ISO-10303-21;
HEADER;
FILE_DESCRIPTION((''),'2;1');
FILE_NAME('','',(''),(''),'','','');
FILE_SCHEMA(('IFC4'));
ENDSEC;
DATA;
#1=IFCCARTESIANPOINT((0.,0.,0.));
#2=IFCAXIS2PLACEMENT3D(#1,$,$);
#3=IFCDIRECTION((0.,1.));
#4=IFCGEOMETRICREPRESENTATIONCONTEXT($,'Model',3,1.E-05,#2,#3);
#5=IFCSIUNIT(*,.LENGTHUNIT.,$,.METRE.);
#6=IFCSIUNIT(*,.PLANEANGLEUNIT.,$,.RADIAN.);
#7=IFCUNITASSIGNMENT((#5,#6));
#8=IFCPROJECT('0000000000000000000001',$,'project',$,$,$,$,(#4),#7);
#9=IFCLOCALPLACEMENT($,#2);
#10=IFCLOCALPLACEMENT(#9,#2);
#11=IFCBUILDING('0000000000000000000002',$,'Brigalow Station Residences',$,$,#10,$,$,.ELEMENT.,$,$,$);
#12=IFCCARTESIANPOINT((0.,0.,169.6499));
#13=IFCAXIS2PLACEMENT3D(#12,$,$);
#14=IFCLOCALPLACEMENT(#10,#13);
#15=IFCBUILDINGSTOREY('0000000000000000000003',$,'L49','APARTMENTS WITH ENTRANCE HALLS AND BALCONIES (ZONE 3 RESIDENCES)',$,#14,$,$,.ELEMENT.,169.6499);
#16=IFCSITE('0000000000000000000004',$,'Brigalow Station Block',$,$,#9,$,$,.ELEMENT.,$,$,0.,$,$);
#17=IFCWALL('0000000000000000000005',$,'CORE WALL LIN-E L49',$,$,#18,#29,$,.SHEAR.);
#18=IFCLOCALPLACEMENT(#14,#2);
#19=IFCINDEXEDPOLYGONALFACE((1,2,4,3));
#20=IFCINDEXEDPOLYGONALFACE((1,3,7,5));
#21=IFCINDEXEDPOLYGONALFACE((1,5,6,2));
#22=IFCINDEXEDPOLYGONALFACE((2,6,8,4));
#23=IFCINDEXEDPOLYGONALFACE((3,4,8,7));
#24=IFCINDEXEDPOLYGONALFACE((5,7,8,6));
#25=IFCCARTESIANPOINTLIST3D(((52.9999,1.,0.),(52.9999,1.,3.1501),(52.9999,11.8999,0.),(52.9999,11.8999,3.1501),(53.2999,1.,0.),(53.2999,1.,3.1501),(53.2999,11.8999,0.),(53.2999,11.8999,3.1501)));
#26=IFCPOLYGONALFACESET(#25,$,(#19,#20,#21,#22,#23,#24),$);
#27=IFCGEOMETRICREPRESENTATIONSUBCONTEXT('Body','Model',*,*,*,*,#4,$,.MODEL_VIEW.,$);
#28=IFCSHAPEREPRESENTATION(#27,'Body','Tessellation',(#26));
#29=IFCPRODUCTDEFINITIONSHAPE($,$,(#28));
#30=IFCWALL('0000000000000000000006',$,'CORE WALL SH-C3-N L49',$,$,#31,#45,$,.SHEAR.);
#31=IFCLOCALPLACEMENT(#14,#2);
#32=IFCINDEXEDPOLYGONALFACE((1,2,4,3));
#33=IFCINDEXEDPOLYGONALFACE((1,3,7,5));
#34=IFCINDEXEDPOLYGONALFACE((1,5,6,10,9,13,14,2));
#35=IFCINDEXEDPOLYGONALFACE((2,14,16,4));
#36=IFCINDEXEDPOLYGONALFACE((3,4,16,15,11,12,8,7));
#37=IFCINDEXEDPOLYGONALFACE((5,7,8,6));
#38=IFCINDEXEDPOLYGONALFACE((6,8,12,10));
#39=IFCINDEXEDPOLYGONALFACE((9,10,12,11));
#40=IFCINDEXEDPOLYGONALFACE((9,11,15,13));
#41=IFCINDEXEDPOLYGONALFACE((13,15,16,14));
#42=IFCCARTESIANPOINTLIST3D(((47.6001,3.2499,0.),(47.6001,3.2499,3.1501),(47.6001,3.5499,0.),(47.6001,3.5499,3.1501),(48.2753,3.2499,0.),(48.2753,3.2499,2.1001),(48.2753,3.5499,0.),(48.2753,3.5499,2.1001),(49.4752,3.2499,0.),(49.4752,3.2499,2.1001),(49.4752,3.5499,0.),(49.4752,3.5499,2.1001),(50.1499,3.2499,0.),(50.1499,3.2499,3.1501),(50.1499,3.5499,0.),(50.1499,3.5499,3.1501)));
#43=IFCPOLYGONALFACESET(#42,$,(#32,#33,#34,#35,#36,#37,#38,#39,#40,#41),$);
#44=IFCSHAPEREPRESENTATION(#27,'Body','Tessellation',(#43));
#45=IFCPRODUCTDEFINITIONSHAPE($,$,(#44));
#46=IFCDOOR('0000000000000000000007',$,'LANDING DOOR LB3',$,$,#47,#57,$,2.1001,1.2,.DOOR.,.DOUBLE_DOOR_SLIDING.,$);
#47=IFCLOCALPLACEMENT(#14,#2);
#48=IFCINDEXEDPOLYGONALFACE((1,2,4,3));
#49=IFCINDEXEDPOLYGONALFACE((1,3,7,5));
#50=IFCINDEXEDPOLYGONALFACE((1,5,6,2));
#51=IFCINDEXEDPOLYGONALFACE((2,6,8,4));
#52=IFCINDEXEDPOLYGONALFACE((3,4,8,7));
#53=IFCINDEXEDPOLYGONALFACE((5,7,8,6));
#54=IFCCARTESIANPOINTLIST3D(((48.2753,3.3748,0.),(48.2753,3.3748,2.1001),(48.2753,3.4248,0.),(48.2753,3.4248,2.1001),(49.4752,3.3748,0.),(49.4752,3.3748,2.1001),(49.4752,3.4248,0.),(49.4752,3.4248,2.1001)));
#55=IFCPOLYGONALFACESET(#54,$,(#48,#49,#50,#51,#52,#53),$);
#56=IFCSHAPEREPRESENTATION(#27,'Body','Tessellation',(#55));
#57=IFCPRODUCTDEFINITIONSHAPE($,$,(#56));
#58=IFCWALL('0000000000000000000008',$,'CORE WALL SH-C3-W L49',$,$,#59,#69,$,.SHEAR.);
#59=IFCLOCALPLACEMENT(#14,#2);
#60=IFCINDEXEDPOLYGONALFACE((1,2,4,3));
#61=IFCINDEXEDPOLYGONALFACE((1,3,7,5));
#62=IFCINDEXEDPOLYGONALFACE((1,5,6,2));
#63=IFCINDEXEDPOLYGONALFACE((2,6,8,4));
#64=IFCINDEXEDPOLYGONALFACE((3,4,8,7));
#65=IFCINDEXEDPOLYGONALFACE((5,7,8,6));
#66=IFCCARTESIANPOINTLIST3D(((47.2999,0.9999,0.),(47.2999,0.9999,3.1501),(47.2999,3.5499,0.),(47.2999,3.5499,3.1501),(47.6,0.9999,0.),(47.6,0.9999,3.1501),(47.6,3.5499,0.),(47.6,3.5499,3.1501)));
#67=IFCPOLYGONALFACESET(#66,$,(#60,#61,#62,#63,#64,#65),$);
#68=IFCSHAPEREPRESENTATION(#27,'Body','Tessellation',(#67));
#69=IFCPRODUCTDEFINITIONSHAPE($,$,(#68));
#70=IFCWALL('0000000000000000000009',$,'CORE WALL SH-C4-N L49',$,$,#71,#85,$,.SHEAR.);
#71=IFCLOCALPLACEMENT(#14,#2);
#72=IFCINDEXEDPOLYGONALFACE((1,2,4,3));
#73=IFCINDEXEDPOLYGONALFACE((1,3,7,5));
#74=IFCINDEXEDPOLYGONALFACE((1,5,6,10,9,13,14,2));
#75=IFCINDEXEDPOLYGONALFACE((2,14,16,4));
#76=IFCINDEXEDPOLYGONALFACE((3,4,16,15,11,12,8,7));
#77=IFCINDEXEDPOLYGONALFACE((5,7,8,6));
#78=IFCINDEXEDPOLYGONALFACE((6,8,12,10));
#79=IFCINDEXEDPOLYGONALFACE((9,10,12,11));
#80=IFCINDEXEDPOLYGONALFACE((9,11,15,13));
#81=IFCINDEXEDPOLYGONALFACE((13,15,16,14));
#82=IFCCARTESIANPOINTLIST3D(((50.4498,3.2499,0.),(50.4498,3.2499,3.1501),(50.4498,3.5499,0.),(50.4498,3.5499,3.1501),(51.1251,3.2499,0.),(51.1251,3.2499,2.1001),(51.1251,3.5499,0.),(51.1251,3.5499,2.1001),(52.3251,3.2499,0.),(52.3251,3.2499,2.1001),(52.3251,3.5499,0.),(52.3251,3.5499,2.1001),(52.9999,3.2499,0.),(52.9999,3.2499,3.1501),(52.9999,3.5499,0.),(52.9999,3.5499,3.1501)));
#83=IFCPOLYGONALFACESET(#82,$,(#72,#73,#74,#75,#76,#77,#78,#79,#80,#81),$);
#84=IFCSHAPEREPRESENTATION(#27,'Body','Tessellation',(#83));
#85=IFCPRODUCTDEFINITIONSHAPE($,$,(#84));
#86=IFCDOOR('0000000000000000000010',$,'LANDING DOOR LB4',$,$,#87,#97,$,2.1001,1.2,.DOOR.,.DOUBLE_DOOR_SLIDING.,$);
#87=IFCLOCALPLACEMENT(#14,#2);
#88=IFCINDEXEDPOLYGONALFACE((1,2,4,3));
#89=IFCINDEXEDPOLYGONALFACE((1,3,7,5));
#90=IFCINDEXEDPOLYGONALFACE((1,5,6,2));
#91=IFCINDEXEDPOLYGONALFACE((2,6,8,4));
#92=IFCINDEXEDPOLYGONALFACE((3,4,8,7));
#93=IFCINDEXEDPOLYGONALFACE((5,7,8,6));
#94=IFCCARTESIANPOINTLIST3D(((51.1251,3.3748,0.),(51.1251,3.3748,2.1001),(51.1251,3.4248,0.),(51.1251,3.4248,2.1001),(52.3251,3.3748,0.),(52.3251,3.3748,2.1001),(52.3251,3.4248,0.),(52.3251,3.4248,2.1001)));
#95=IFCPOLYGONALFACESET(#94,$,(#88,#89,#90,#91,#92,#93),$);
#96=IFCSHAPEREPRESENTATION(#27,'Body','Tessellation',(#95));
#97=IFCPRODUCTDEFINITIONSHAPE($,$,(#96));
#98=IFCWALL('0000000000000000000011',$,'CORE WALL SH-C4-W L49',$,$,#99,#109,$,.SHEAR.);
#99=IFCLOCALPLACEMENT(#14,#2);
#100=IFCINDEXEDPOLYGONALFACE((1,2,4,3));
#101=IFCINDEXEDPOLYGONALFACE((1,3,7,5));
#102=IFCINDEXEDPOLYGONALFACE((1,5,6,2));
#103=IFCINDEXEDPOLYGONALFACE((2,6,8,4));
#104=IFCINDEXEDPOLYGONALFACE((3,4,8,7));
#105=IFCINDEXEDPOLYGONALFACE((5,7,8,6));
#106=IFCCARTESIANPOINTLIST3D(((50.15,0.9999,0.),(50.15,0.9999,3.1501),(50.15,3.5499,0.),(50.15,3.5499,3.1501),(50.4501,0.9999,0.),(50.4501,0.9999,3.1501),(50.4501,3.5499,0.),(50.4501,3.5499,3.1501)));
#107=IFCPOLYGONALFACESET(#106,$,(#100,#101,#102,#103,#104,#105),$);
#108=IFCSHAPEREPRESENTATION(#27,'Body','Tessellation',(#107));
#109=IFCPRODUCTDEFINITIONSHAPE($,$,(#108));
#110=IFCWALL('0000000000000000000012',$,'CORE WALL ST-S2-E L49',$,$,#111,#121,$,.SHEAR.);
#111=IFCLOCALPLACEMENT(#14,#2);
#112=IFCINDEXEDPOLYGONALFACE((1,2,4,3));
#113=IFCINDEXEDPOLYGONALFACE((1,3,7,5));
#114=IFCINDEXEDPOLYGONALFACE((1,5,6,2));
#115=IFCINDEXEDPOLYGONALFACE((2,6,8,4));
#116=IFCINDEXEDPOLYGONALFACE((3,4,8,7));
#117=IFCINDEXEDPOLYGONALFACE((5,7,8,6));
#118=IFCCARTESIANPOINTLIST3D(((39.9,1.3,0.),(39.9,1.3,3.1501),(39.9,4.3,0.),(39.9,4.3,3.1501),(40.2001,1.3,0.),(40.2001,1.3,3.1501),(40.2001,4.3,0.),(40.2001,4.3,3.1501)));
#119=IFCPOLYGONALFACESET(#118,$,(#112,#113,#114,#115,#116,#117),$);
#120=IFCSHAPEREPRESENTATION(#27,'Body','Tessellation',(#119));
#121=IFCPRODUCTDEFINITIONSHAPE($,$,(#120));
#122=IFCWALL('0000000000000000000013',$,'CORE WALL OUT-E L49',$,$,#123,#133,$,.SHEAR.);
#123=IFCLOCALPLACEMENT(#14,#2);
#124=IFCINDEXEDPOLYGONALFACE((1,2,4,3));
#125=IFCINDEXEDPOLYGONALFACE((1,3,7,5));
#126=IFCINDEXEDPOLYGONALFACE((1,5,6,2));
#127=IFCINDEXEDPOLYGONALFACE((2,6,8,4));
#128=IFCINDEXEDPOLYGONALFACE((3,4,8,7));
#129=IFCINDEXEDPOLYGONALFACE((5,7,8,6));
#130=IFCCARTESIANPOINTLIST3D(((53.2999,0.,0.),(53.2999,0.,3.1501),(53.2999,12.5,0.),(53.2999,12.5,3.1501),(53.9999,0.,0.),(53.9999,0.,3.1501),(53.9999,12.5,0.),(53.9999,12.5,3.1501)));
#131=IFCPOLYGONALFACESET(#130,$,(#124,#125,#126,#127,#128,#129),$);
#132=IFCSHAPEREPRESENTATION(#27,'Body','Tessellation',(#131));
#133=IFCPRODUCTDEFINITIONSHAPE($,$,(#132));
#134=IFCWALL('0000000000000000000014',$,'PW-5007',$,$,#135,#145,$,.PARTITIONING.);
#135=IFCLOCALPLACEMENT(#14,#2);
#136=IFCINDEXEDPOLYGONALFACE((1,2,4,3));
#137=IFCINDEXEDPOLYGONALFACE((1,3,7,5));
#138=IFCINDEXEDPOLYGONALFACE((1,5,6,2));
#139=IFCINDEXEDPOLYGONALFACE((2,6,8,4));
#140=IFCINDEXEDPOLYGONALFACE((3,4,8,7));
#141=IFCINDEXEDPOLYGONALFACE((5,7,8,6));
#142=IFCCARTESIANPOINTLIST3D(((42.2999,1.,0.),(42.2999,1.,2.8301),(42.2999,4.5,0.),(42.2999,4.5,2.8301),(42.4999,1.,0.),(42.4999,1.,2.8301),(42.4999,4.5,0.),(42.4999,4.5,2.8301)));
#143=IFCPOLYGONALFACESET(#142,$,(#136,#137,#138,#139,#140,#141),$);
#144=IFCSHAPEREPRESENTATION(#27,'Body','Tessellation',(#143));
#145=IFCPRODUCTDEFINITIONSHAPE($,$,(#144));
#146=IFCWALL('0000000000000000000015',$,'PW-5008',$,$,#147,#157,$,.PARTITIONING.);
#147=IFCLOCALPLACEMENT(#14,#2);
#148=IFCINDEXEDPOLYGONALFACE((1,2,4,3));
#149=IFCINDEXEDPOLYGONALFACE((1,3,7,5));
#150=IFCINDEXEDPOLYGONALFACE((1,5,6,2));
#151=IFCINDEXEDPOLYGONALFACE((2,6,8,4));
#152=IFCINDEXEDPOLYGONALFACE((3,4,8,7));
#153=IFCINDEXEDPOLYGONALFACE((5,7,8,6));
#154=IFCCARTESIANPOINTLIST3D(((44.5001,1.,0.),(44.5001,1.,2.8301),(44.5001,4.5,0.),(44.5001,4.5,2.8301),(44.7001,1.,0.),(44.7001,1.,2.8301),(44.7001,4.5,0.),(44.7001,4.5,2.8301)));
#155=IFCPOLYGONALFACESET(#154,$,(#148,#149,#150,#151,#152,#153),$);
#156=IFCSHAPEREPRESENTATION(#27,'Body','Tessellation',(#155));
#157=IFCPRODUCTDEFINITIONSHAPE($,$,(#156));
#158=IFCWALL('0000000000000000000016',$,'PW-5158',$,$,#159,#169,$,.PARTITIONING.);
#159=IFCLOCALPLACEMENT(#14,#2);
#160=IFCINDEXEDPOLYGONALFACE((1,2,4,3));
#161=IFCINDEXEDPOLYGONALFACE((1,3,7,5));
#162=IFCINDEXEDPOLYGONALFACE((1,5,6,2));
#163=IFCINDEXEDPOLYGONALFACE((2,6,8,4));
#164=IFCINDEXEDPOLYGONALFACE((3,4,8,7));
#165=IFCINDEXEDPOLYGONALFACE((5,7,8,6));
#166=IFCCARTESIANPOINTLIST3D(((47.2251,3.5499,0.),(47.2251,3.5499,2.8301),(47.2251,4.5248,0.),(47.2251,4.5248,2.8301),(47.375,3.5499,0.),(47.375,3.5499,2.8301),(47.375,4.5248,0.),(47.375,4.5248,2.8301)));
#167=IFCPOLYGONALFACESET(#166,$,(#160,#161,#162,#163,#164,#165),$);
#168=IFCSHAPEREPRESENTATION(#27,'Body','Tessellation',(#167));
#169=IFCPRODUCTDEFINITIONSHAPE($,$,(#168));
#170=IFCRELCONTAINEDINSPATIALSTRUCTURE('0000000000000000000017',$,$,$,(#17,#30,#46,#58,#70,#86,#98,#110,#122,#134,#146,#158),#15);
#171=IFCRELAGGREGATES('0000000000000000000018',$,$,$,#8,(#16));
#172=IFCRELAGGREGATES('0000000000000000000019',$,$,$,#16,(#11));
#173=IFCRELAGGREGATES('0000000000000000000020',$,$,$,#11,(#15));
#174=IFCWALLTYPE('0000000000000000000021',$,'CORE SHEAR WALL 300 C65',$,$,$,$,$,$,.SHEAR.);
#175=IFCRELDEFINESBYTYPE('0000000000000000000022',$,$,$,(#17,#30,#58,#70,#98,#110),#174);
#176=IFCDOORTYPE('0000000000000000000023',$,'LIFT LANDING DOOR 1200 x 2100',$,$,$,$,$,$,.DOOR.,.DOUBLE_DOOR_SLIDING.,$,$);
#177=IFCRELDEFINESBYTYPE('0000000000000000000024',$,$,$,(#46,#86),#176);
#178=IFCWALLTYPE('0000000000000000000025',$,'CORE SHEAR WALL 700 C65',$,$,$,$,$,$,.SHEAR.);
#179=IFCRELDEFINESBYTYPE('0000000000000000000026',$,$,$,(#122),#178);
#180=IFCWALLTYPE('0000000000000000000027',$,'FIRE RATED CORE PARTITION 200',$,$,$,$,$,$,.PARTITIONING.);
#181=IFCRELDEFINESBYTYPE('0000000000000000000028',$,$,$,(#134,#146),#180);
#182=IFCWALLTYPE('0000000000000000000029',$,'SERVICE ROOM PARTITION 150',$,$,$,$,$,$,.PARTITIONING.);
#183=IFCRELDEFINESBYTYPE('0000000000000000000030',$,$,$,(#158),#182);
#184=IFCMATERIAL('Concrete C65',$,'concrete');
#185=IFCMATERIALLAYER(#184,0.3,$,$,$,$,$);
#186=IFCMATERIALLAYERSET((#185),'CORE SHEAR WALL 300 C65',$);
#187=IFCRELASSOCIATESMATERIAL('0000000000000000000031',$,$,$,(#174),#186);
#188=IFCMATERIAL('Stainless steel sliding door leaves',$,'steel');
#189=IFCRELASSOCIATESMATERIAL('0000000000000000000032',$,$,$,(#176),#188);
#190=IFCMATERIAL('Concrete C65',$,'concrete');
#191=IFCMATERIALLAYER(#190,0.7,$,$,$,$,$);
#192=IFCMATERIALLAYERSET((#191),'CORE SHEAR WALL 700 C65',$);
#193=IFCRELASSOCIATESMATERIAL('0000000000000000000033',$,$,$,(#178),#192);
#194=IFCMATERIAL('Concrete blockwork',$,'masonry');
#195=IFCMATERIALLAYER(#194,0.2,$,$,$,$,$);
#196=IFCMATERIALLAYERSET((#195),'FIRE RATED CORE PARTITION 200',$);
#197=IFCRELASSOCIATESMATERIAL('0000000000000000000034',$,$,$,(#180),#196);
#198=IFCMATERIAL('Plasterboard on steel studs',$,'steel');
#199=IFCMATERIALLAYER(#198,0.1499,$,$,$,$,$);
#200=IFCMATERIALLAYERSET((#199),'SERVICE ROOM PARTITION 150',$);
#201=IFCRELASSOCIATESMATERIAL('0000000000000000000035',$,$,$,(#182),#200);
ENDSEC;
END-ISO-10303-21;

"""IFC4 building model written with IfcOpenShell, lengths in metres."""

from ifc_helpers import new_model, si_unit, direction, frame, frame_2d, origin, place, context, subcontext, project, spatial, rectangle, extrude, material, layer, layer_set, type_object, element, fill, save


model = new_model("IFC4")

# Units and contexts
model_context = context("Model", 3, precision=1e-05, world=origin(), true_north=direction((0.0, 1.0)))
body_context = subcontext(model_context, "Body", "Model", "MODEL_VIEW")
ifc_project = project(units=[si_unit("LENGTHUNIT", "METRE"), si_unit("PLANEANGLEUNIT", "RADIAN")], contexts=[model_context])

# Site, building, storey
site_placement = place(None, origin())
site = spatial("IfcSite", under=ifc_project, at=site_placement, Name="Brigalow Station Block", CompositionType="ELEMENT", RefElevation=0.0)
building_placement = place(site_placement, origin())
building = spatial("IfcBuilding", under=site, at=building_placement, Name="Brigalow Station Residences", CompositionType="ELEMENT")
storey_placement = place(building_placement, frame((0.0, 0.0, 169.6499)))
storey = spatial("IfcBuildingStorey", under=building, at=storey_placement, Name="L49", Description="APARTMENTS WITH ENTRANCE HALLS AND BALCONIES (ZONE 3 RESIDENCES)", CompositionType="ELEMENT", Elevation=169.6499)

# Wall
ifc_material_1 = material(Name="Concrete C65", Category="concrete")
ifc_layer_1 = layer(ifc_material_1, 0.3)
ifc_layer_set_1 = layer_set([ifc_layer_1], Name="CORE SHEAR WALL 300 C65")
wall_type_1 = type_object("IfcWallType", Name="CORE SHEAR WALL 300 C65", PredefinedType="SHEAR", material=ifc_layer_set_1)
wall_1_placement = place(storey_placement, frame((53.1499, 1.0, 0.0), z_axis=(0.0, 0.0, 1.0), x_axis=(0.0, 1.0, 0.0)))
element("IfcWall", 1, at=wall_1_placement, inside=storey, type_object=wall_type_1, Name="CORE WALL LIN-E L49", PredefinedType="SHEAR", context=body_context, shape_type="SweptSolid", body=[
    extrude(rectangle(XDim=10.8999, YDim=0.3, at=frame_2d((5.45, 0.0))), origin(), (0.0, 0.0, 1.0), 3.1501),
])

# Wall, opening, door
wall_2_placement = place(storey_placement, frame((47.6001, 3.3999, 0.0), z_axis=(0.0, 0.0, 1.0), x_axis=(1.0, 0.0, 0.0)))
wall_2 = element("IfcWall", 2, at=wall_2_placement, inside=storey, type_object=wall_type_1, Name="CORE WALL SH-C3-N L49", PredefinedType="SHEAR", context=body_context, shape_type="SweptSolid", body=[
    extrude(rectangle(XDim=2.5498, YDim=0.3, at=frame_2d((1.2749, 0.0))), origin(), (0.0, 0.0, 1.0), 3.1501),
])
opening_1_placement = place(wall_2_placement, frame((0.675, 0.0, 0.0)))
opening_1 = element("IfcOpeningElement", 3, at=opening_1_placement, cuts=wall_2, PredefinedType="OPENING", context=body_context, shape_type="SweptSolid", body=[
    extrude(rectangle(XDim=1.2, YDim=2.1001, at=frame_2d((0.6001, 1.05))), frame((0.0, 0.1602, 0.0), z_axis=(0.0, -1.0, 0.0), x_axis=(1.0, 0.0, 0.0)), (0.0, 0.0, 1.0), 0.3201),
])
ifc_material_2 = material(Name="Stainless steel sliding door leaves", Category="steel")
door_type = type_object("IfcDoorType", Name="LIFT LANDING DOOR 1200 x 2100", OperationType="DOUBLE_DOOR_SLIDING", PredefinedType="DOOR", material=ifc_material_2)
door_1_placement = place(opening_1_placement, origin())
door_1 = element("IfcDoor", 4, at=door_1_placement, inside=storey, type_object=door_type, Name="LANDING DOOR LB3", OperationType="DOUBLE_DOOR_SLIDING", OverallHeight=2.1001, OverallWidth=1.2, PredefinedType="DOOR", context=body_context, shape_type="SweptSolid", body=[
    extrude(rectangle(XDim=1.2, YDim=2.1001, at=frame_2d((0.6001, 1.05))), frame((0.0, 0.0249, 0.0), z_axis=(0.0, -1.0, 0.0), x_axis=(1.0, 0.0, 0.0)), (0.0, 0.0, 1.0), 0.05),
])
fill(opening_1, door_1)

# Wall
wall_3_placement = place(storey_placement, frame((47.45, 1.0, 0.0), z_axis=(0.0, 0.0, 1.0), x_axis=(0.0, 1.0, 0.0)))
element("IfcWall", 5, at=wall_3_placement, inside=storey, type_object=wall_type_1, Name="CORE WALL SH-C3-W L49", PredefinedType="SHEAR", context=body_context, shape_type="SweptSolid", body=[
    extrude(rectangle(XDim=2.55, YDim=0.3, at=frame_2d((1.2749, 0.0))), origin(), (0.0, 0.0, 1.0), 3.1501),
])

# Wall, opening, door
wall_4_placement = place(storey_placement, frame((50.45, 3.3999, 0.0), z_axis=(0.0, 0.0, 1.0), x_axis=(1.0, 0.0, 0.0)))
wall_4 = element("IfcWall", 6, at=wall_4_placement, inside=storey, type_object=wall_type_1, Name="CORE WALL SH-C4-N L49", PredefinedType="SHEAR", context=body_context, shape_type="SweptSolid", body=[
    extrude(rectangle(XDim=2.55, YDim=0.3, at=frame_2d((1.2749, 0.0))), origin(), (0.0, 0.0, 1.0), 3.1501),
])
opening_2_placement = place(wall_4_placement, frame((0.675, 0.0, 0.0)))
opening_2 = element("IfcOpeningElement", 7, at=opening_2_placement, cuts=wall_4, PredefinedType="OPENING", context=body_context, shape_type="SweptSolid", body=[
    extrude(rectangle(XDim=1.2, YDim=2.1001, at=frame_2d((0.6001, 1.05))), frame((0.0, 0.1602, 0.0), z_axis=(0.0, -1.0, 0.0), x_axis=(1.0, 0.0, 0.0)), (0.0, 0.0, 1.0), 0.3201),
])
door_2_placement = place(opening_2_placement, origin())
door_2 = element("IfcDoor", 8, at=door_2_placement, inside=storey, type_object=door_type, Name="LANDING DOOR LB4", OperationType="DOUBLE_DOOR_SLIDING", OverallHeight=2.1001, OverallWidth=1.2, PredefinedType="DOOR", context=body_context, shape_type="SweptSolid", body=[
    extrude(rectangle(XDim=1.2, YDim=2.1001, at=frame_2d((0.6001, 1.05))), frame((0.0, 0.0249, 0.0), z_axis=(0.0, -1.0, 0.0), x_axis=(1.0, 0.0, 0.0)), (0.0, 0.0, 1.0), 0.05),
])
fill(opening_2, door_2)

# Walls
wall_5_placement = place(storey_placement, frame((50.3, 1.0, 0.0), z_axis=(0.0, 0.0, 1.0), x_axis=(0.0, 1.0, 0.0)))
element("IfcWall", 9, at=wall_5_placement, inside=storey, type_object=wall_type_1, Name="CORE WALL SH-C4-W L49", PredefinedType="SHEAR", context=body_context, shape_type="SweptSolid", body=[
    extrude(rectangle(XDim=2.55, YDim=0.3, at=frame_2d((1.2749, 0.0))), origin(), (0.0, 0.0, 1.0), 3.1501),
])
wall_6_placement = place(storey_placement, frame((40.05, 1.3, 0.0), z_axis=(0.0, 0.0, 1.0), x_axis=(0.0, 1.0, 0.0)))
element("IfcWall", 10, at=wall_6_placement, inside=storey, type_object=wall_type_1, Name="CORE WALL ST-S2-E L49", PredefinedType="SHEAR", context=body_context, shape_type="SweptSolid", body=[
    extrude(rectangle(XDim=3.0, YDim=0.3, at=frame_2d((1.5, 0.0))), origin(), (0.0, 0.0, 1.0), 3.1501),
])
ifc_material_3 = material(Name="Concrete C65", Category="concrete")
ifc_layer_2 = layer(ifc_material_3, 0.7)
ifc_layer_set_2 = layer_set([ifc_layer_2], Name="CORE SHEAR WALL 700 C65")
wall_type_2 = type_object("IfcWallType", Name="CORE SHEAR WALL 700 C65", PredefinedType="SHEAR", material=ifc_layer_set_2)
wall_7_placement = place(storey_placement, frame((53.6499, 0.0, 0.0), z_axis=(0.0, 0.0, 1.0), x_axis=(0.0, 1.0, 0.0)))
element("IfcWall", 11, at=wall_7_placement, inside=storey, type_object=wall_type_2, Name="CORE WALL OUT-E L49", PredefinedType="SHEAR", context=body_context, shape_type="SweptSolid", body=[
    extrude(rectangle(XDim=12.5, YDim=0.7, at=frame_2d((6.25, 0.0))), origin(), (0.0, 0.0, 1.0), 3.1501),
])
ifc_material_4 = material(Name="Concrete blockwork", Category="masonry")
ifc_layer_3 = layer(ifc_material_4, 0.2)
ifc_layer_set_3 = layer_set([ifc_layer_3], Name="FIRE RATED CORE PARTITION 200")
wall_type_3 = type_object("IfcWallType", Name="FIRE RATED CORE PARTITION 200", PredefinedType="PARTITIONING", material=ifc_layer_set_3)
for number, where, z_axis, x_axis, name in (
    (12, (42.3999, 1.0, 0.0), (0.0, 0.0, 1.0), (0.0, 1.0, 0.0), "PW-5007"),
    (13, (44.6001, 1.0, 0.0), (0.0, 0.0, 1.0), (0.0, 1.0, 0.0), "PW-5008"),
):
    element("IfcWall", number, at=place(storey_placement, frame(where, z_axis=z_axis, x_axis=x_axis)), inside=storey, type_object=wall_type_3, Name=name, PredefinedType="PARTITIONING", context=body_context, shape_type="SweptSolid", body=[
        extrude(rectangle(XDim=3.5, YDim=0.2, at=frame_2d((1.75, 0.0))), origin(), (0.0, 0.0, 1.0), 2.8301),
    ])
ifc_material_5 = material(Name="Plasterboard on steel studs", Category="steel")
ifc_layer_4 = layer(ifc_material_5, 0.1499)
ifc_layer_set_4 = layer_set([ifc_layer_4], Name="SERVICE ROOM PARTITION 150")
wall_type_4 = type_object("IfcWallType", Name="SERVICE ROOM PARTITION 150", PredefinedType="PARTITIONING", material=ifc_layer_set_4)
wall_8_placement = place(storey_placement, frame((47.3, 3.55, 0.0), z_axis=(0.0, 0.0, 1.0), x_axis=(0.0, 1.0, 0.0)))
element("IfcWall", 14, at=wall_8_placement, inside=storey, type_object=wall_type_4, Name="PW-5158", PredefinedType="PARTITIONING", context=body_context, shape_type="SweptSolid", body=[
    extrude(rectangle(XDim=0.9749, YDim=0.1499, at=frame_2d((0.4873, 0.0))), origin(), (0.0, 0.0, 1.0), 2.8301),
])

save(model, "model.ifc")
